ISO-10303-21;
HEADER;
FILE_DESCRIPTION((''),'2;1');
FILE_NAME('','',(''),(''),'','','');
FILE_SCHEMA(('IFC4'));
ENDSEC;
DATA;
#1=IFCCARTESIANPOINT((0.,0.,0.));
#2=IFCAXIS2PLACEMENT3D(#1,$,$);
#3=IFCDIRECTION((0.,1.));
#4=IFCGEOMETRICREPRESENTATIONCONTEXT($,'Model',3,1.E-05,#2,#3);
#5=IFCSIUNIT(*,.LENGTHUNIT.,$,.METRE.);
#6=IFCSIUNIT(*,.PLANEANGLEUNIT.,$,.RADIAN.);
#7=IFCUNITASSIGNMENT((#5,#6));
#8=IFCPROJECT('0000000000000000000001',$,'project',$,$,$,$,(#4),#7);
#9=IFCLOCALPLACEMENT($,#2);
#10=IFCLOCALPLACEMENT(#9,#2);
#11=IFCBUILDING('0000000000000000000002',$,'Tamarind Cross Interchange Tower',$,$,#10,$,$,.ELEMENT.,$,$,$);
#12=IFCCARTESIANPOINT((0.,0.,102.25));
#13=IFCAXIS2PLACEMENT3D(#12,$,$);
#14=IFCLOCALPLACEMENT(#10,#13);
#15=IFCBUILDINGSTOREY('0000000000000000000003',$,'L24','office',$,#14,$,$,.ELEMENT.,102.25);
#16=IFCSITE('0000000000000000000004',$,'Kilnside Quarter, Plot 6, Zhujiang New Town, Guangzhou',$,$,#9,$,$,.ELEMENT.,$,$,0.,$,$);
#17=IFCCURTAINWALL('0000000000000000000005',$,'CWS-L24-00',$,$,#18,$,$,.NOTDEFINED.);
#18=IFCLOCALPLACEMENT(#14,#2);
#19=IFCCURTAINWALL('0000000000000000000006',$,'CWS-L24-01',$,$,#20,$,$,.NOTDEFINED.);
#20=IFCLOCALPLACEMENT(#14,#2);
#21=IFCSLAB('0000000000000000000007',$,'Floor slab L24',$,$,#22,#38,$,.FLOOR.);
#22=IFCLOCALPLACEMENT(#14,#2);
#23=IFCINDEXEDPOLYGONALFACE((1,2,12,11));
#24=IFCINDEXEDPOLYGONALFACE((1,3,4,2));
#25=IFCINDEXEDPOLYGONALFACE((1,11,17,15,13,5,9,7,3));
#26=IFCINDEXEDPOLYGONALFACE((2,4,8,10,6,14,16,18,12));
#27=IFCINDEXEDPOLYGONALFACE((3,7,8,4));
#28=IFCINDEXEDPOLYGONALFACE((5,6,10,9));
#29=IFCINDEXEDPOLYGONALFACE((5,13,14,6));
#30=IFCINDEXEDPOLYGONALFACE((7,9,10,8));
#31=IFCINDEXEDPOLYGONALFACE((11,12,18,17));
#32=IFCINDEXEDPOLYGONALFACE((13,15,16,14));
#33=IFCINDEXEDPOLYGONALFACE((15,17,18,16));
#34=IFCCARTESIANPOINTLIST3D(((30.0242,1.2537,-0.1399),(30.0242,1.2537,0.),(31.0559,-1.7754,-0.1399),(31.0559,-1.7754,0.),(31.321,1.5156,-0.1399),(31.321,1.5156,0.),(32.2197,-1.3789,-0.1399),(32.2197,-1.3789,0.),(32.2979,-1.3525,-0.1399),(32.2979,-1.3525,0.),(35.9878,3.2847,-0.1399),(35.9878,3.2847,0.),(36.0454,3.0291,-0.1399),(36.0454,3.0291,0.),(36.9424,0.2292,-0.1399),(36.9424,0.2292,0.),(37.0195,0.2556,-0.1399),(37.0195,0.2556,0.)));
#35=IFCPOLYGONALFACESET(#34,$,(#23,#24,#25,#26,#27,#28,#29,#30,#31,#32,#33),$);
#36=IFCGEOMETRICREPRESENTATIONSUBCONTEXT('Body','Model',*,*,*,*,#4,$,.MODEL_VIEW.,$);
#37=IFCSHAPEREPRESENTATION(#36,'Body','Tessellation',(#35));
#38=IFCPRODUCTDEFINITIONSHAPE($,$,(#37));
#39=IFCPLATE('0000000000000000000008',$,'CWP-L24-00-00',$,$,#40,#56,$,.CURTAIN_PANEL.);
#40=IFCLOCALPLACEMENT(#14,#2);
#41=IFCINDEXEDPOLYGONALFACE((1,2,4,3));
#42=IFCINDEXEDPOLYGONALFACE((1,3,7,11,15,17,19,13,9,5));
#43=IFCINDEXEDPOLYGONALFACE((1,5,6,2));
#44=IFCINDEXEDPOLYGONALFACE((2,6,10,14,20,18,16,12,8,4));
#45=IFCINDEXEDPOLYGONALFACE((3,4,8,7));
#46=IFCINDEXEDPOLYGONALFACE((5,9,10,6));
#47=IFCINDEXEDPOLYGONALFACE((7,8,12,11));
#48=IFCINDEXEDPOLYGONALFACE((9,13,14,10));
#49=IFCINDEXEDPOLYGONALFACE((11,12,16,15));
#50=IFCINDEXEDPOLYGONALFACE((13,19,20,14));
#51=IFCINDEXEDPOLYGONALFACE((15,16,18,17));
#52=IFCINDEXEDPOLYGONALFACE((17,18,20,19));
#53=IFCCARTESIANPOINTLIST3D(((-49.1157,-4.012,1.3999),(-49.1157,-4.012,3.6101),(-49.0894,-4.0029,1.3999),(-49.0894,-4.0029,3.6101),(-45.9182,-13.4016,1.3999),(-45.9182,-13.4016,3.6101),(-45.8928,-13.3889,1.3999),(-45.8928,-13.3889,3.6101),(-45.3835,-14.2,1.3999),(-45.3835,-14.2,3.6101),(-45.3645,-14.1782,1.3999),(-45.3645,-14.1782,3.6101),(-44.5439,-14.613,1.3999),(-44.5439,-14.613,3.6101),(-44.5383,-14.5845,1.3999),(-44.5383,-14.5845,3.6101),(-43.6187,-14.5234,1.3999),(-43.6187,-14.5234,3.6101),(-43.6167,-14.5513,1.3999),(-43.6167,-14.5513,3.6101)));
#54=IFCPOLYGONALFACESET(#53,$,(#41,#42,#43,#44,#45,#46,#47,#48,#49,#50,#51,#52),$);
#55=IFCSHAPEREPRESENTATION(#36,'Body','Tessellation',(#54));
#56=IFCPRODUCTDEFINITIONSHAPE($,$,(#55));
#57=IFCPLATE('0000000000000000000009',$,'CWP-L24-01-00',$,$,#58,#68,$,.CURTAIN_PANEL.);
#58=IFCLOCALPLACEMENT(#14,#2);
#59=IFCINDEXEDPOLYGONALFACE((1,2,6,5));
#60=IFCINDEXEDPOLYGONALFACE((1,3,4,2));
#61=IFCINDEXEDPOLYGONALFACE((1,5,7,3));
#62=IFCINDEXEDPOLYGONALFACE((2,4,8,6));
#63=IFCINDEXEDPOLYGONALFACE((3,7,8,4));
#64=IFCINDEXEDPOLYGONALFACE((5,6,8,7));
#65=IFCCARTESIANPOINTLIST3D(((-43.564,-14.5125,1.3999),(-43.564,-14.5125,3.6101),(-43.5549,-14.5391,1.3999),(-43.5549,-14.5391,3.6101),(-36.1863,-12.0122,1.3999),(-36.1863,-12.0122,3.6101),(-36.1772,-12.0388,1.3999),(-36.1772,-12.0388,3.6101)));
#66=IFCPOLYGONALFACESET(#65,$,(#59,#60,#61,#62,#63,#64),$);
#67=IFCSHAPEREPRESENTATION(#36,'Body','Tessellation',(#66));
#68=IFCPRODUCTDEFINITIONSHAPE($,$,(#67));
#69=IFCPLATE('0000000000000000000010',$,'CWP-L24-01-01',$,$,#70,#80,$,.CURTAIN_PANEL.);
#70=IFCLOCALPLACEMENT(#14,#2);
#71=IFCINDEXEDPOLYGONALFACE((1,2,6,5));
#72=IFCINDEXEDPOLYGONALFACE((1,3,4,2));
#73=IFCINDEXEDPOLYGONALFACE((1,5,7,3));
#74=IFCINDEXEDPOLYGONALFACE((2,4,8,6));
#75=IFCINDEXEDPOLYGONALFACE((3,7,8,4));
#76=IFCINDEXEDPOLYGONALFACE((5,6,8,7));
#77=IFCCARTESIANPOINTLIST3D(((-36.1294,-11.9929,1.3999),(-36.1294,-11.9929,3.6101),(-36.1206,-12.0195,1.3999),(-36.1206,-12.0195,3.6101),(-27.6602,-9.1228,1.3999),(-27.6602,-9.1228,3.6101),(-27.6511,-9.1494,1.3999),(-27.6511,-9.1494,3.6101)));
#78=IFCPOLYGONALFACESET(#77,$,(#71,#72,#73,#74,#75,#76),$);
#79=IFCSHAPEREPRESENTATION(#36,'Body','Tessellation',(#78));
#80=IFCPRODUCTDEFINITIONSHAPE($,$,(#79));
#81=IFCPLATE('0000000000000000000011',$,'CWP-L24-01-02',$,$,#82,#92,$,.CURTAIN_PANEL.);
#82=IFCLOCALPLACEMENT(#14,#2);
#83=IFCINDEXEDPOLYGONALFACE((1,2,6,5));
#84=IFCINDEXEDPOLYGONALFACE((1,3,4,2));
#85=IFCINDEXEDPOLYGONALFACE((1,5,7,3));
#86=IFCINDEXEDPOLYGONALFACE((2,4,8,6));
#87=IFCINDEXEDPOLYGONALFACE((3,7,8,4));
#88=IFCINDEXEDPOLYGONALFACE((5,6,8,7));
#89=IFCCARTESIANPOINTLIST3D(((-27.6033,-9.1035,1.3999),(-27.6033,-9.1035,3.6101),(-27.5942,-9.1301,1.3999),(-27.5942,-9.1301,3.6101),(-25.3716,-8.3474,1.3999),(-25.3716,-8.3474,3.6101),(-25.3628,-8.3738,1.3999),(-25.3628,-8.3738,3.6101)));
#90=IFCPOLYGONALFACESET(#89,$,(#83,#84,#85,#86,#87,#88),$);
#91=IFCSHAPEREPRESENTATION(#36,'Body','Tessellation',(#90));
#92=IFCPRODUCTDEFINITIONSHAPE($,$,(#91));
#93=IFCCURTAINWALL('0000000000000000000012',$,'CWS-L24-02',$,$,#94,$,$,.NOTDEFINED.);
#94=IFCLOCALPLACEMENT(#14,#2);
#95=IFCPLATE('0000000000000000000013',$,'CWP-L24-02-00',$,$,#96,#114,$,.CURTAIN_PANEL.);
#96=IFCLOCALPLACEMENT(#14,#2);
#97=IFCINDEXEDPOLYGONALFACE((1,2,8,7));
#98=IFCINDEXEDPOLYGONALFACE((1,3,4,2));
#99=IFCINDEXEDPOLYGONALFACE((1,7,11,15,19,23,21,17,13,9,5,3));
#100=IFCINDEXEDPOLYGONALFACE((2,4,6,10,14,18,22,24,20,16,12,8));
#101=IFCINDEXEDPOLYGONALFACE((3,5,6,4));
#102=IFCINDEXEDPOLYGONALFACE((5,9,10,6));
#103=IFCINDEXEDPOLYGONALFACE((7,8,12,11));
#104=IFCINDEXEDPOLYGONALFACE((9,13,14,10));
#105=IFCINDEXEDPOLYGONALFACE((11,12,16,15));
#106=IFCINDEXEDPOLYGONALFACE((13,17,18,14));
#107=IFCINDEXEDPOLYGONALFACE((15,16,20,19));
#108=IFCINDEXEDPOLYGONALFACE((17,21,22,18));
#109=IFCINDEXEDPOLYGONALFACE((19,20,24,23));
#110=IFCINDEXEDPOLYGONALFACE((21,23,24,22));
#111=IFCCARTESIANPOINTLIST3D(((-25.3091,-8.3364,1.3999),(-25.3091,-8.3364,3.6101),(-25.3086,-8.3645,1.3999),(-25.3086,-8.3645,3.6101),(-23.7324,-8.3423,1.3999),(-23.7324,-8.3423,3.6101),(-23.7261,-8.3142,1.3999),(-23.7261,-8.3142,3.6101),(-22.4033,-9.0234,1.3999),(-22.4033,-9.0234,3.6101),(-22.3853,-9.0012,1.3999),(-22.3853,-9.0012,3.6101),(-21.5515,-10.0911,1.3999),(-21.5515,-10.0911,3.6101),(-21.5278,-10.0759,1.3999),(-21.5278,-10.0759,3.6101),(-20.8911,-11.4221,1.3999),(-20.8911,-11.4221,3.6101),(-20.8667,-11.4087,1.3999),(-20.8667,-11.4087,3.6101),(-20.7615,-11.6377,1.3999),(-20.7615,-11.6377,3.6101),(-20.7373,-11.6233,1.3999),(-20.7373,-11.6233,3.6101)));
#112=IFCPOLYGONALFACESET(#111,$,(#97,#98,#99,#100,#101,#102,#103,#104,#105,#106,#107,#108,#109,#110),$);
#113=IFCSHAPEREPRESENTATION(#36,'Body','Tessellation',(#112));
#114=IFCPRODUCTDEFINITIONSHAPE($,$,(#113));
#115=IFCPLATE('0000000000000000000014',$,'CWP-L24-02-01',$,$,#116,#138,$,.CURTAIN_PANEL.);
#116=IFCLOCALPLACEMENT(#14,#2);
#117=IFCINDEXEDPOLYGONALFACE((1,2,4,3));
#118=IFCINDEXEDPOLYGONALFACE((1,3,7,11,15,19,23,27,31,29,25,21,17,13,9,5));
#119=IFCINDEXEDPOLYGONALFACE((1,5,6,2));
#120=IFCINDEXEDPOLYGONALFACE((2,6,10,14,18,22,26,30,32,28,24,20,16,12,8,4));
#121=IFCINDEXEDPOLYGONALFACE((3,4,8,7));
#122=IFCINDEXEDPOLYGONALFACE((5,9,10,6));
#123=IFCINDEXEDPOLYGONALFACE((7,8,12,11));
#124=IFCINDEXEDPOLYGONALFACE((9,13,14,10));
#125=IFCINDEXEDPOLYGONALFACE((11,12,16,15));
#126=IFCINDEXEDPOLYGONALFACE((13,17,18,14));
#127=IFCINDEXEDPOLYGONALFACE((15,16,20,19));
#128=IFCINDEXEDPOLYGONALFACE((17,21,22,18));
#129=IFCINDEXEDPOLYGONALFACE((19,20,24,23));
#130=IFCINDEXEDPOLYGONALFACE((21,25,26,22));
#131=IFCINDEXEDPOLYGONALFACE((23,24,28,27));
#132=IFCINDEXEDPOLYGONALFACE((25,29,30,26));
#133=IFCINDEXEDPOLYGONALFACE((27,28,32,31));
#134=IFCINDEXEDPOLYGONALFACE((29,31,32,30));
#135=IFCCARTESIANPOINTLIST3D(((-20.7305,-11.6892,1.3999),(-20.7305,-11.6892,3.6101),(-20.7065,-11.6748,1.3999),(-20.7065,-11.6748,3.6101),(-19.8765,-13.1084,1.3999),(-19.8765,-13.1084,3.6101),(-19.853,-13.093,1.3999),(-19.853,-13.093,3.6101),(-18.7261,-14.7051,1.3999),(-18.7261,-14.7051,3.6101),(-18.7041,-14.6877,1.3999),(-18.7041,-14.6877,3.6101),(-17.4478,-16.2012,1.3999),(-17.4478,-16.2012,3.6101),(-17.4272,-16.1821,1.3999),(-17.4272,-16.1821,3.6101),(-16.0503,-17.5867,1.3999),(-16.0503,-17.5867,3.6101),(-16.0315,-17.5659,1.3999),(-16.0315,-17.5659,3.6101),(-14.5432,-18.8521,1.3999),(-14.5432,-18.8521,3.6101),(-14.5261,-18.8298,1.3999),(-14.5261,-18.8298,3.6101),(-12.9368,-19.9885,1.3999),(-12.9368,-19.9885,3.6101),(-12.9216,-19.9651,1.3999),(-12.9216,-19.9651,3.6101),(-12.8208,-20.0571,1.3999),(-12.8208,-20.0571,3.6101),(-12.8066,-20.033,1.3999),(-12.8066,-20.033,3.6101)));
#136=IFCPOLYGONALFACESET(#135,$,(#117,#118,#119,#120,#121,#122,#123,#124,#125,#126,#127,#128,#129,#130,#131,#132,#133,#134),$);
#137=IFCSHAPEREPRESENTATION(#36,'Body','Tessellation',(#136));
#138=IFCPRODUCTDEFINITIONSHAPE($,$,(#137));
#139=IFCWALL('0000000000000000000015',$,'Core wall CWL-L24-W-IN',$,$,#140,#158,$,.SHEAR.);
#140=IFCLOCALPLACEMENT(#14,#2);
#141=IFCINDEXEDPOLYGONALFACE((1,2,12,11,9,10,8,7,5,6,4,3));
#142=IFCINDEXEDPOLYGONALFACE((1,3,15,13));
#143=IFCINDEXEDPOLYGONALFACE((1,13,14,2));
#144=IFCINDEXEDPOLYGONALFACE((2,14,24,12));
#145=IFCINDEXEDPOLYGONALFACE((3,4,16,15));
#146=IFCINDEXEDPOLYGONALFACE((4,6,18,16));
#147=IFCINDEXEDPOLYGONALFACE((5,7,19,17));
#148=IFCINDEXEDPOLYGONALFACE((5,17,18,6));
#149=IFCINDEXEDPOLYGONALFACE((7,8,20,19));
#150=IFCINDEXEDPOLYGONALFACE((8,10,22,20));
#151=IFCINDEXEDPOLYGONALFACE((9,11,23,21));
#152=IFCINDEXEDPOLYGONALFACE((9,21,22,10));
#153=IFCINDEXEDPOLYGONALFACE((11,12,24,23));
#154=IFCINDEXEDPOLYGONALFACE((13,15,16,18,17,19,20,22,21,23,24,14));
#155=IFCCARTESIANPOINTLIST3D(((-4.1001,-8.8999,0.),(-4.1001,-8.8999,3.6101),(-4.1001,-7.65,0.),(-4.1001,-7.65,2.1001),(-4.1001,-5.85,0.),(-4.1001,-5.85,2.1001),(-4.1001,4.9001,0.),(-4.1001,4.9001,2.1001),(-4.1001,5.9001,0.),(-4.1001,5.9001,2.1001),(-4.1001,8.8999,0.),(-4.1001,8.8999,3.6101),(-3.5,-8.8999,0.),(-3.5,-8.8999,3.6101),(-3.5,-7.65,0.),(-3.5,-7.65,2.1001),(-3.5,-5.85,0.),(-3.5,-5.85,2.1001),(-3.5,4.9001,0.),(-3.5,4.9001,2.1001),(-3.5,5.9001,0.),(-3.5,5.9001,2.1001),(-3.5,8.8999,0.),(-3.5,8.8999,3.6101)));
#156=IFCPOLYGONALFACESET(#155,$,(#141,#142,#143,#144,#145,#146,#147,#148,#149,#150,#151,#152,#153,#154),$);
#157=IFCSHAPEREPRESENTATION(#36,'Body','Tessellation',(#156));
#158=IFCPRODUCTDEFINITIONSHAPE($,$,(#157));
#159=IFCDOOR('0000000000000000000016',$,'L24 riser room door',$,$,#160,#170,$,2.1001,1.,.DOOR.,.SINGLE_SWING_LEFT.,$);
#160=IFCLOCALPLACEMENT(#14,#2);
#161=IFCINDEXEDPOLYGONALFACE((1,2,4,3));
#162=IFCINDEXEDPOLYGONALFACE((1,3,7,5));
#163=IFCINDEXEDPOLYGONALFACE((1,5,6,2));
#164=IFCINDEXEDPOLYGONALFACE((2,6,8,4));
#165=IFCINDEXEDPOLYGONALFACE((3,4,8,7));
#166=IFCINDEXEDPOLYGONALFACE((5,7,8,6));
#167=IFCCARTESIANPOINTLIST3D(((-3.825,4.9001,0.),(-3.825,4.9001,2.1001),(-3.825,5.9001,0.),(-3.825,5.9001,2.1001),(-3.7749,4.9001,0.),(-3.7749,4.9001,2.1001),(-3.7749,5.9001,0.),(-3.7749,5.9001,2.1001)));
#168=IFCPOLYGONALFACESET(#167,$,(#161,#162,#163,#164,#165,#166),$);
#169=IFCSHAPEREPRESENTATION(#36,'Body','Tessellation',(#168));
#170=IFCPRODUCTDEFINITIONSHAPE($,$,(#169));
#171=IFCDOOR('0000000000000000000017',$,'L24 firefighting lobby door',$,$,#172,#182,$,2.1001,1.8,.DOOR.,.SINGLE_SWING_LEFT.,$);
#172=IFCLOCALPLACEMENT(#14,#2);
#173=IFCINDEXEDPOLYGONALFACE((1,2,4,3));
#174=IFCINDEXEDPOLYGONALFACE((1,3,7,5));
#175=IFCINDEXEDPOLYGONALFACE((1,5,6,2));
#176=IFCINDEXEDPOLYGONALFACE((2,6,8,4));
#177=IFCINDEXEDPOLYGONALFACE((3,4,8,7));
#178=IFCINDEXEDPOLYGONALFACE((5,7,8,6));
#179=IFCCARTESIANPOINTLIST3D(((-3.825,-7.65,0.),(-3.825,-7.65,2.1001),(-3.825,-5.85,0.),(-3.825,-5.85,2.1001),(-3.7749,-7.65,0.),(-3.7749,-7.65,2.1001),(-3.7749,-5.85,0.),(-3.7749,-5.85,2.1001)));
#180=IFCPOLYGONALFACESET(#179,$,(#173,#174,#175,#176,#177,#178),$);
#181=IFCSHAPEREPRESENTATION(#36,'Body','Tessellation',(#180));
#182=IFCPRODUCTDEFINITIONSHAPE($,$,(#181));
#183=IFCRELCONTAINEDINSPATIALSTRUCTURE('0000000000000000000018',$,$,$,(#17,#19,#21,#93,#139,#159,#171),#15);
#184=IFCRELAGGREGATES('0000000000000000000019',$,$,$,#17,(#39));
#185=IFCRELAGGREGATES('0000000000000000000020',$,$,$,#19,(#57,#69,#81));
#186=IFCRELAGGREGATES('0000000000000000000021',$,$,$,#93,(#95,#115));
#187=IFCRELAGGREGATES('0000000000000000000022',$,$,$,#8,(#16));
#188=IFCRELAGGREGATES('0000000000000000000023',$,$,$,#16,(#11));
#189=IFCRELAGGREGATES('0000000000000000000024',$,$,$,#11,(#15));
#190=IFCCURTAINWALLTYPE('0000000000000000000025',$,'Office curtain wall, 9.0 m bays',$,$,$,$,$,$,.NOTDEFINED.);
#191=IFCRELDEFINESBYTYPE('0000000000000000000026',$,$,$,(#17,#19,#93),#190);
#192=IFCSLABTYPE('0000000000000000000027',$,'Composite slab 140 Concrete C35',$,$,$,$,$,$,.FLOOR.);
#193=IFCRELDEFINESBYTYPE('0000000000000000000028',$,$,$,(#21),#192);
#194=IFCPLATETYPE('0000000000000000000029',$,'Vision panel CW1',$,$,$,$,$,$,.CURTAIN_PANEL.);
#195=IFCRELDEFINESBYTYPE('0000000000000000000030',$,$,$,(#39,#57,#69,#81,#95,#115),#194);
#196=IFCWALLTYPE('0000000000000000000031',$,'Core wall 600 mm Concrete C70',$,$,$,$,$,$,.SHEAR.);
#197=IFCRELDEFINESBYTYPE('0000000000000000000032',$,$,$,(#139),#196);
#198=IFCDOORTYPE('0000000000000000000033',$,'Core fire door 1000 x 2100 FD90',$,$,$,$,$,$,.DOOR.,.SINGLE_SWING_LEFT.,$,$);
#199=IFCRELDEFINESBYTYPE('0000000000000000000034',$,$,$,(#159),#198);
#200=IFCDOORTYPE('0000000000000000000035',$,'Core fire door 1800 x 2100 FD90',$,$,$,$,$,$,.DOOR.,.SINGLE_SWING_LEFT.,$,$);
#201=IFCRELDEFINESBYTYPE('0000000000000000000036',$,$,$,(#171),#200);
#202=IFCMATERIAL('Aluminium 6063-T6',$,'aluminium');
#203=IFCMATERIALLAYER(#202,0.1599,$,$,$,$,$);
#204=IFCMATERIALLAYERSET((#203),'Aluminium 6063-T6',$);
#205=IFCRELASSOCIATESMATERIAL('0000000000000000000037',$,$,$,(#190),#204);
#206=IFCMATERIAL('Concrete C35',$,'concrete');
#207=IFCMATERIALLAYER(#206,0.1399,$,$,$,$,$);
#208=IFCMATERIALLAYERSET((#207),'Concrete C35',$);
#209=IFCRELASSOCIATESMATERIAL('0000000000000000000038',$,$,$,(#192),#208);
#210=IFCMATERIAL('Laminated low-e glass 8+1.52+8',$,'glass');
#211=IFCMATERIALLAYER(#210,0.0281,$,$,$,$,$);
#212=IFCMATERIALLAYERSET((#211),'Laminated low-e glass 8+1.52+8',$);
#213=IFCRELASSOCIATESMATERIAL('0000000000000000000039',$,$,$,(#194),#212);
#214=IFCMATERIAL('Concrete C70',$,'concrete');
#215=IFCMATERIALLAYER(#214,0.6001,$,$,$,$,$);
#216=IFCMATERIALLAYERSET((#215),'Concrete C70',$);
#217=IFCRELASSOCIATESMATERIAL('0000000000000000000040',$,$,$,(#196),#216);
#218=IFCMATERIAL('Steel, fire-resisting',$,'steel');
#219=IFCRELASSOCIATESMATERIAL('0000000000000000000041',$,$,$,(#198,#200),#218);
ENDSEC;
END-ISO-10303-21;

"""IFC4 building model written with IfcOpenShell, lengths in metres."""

from ifc_helpers import new_model, si_unit, direction, frame, frame_2d, origin, place, context, subcontext, project, spatial, polyline, rectangle, outline, extrude, material, layer, layer_set, type_object, element, fill, aggregate, save


model = new_model("IFC4")

# Units and contexts
model_context = context("Model", 3, precision=1e-05, world=origin(), true_north=direction((0.0, 1.0)))
body_context = subcontext(model_context, "Body", "Model", "MODEL_VIEW")
ifc_project = project(units=[si_unit("LENGTHUNIT", "METRE"), si_unit("PLANEANGLEUNIT", "RADIAN")], contexts=[model_context])

# Site, building, storey
site_placement = place(None, origin())
site = spatial("IfcSite", under=ifc_project, at=site_placement, Name="Kilnside Quarter, Plot 6, Zhujiang New Town, Guangzhou", CompositionType="ELEMENT", RefElevation=0.0)
building_placement = place(site_placement, origin())
building = spatial("IfcBuilding", under=site, at=building_placement, Name="Tamarind Cross Interchange Tower", CompositionType="ELEMENT")
storey_placement = place(building_placement, frame((0.0, 0.0, 102.25)))
storey = spatial("IfcBuildingStorey", under=building, at=storey_placement, Name="L24", Description="office", CompositionType="ELEMENT", Elevation=102.25)

# Curtain walls
ifc_material_1 = material(Name="Aluminium 6063-T6", Category="aluminium")
ifc_layer_1 = layer(ifc_material_1, 0.1599)
ifc_layer_set_1 = layer_set([ifc_layer_1], Name="Aluminium 6063-T6")
curtain_wall_type = type_object("IfcCurtainWallType", Name="Office curtain wall, 9.0 m bays", PredefinedType="NOTDEFINED", material=ifc_layer_set_1)
curtain_wall_1_placement = place(storey_placement, origin())
curtain_wall_1 = element("IfcCurtainWall", 1, at=curtain_wall_1_placement, inside=storey, type_object=curtain_wall_type, Name="CWS-L24-00", PredefinedType="NOTDEFINED")
curtain_wall_2_placement = place(storey_placement, origin())
curtain_wall_2 = element("IfcCurtainWall", 2, at=curtain_wall_2_placement, inside=storey, type_object=curtain_wall_type, Name="CWS-L24-01", PredefinedType="NOTDEFINED")

# Slab
ifc_material_2 = material(Name="Concrete C35", Category="concrete")
ifc_layer_2 = layer(ifc_material_2, 0.1399)
ifc_layer_set_2 = layer_set([ifc_layer_2], Name="Concrete C35")
slab_type = type_object("IfcSlabType", Name="Composite slab 140 Concrete C35", PredefinedType="FLOOR", material=ifc_layer_set_2)
slab_1_placement = place(storey_placement, frame((0.0, 0.0, -0.1399)))
element("IfcSlab", 3, at=slab_1_placement, inside=storey, type_object=slab_type, Name="Floor slab L24", PredefinedType="FLOOR", context=body_context, shape_type="SweptSolid", body=[
    extrude(outline(polyline([(37.0195, 0.2556), (35.9878, 3.2847), (30.0242, 1.2537), (31.0559, -1.7754), (32.2197, -1.3789), (32.2979, -1.3525), (31.321, 1.5156), (36.0454, 3.0291), (36.9424, 0.2292), (37.0195, 0.2556)])), origin(), (0.0, 0.0, 1.0), 0.1399),
])

# Plates
ifc_material_3 = material(Name="Laminated low-e glass 8+1.52+8", Category="glass")
ifc_layer_3 = layer(ifc_material_3, 0.0281)
ifc_layer_set_3 = layer_set([ifc_layer_3], Name="Laminated low-e glass 8+1.52+8")
plate_type = type_object("IfcPlateType", Name="Vision panel CW1", PredefinedType="CURTAIN_PANEL", material=ifc_layer_set_3)
plate_1_placement = place(storey_placement, frame((0.0, 0.0, 1.3999)))
plate_1 = element("IfcPlate", 4, at=plate_1_placement, type_object=plate_type, Name="CWP-L24-00-00", PredefinedType="CURTAIN_PANEL", context=body_context, shape_type="SweptSolid", body=[
    extrude(outline(polyline([(-49.0894, -4.0029), (-45.8928, -13.3889), (-45.3645, -14.1782), (-44.5383, -14.5845), (-43.6187, -14.5234), (-43.6167, -14.5513), (-44.5439, -14.613), (-45.3835, -14.2), (-45.9182, -13.4016), (-49.1157, -4.012), (-49.0894, -4.0029)])), origin(), (0.0, 0.0, 1.0), 2.2102),
])
aggregate(curtain_wall_1, [plate_1])
plate_2_placement = place(storey_placement, frame((0.0, 0.0, 1.3999)))
plate_2 = element("IfcPlate", 5, at=plate_2_placement, type_object=plate_type, Name="CWP-L24-01-00", PredefinedType="CURTAIN_PANEL", context=body_context, shape_type="SweptSolid", body=[
    extrude(outline(polyline([(-43.564, -14.5125), (-36.1863, -12.0122), (-36.1772, -12.0388), (-43.5549, -14.5391), (-43.564, -14.5125)])), origin(), (0.0, 0.0, 1.0), 2.2102),
])
plate_3_placement = place(storey_placement, frame((0.0, 0.0, 1.3999)))
plate_3 = element("IfcPlate", 6, at=plate_3_placement, type_object=plate_type, Name="CWP-L24-01-01", PredefinedType="CURTAIN_PANEL", context=body_context, shape_type="SweptSolid", body=[
    extrude(outline(polyline([(-36.1294, -11.9929), (-27.6602, -9.1228), (-27.6511, -9.1494), (-36.1206, -12.0195), (-36.1294, -11.9929)])), origin(), (0.0, 0.0, 1.0), 2.2102),
])
plate_4_placement = place(storey_placement, frame((0.0, 0.0, 1.3999)))
plate_4 = element("IfcPlate", 7, at=plate_4_placement, type_object=plate_type, Name="CWP-L24-01-02", PredefinedType="CURTAIN_PANEL", context=body_context, shape_type="SweptSolid", body=[
    extrude(outline(polyline([(-27.6033, -9.1035), (-25.3716, -8.3474), (-25.3628, -8.3738), (-27.5942, -9.1301), (-27.6033, -9.1035)])), origin(), (0.0, 0.0, 1.0), 2.2102),
])
aggregate(curtain_wall_2, [plate_2, plate_3, plate_4])

# Curtain wall, plates
curtain_wall_3_placement = place(storey_placement, origin())
curtain_wall_3 = element("IfcCurtainWall", 8, at=curtain_wall_3_placement, inside=storey, type_object=curtain_wall_type, Name="CWS-L24-02", PredefinedType="NOTDEFINED")
plate_5_placement = place(storey_placement, frame((0.0, 0.0, 1.3999)))
plate_5 = element("IfcPlate", 9, at=plate_5_placement, type_object=plate_type, Name="CWP-L24-02-00", PredefinedType="CURTAIN_PANEL", context=body_context, shape_type="SweptSolid", body=[
    extrude(outline(polyline([(-25.3091, -8.3364), (-23.7261, -8.3142), (-22.3853, -9.0012), (-21.5278, -10.0759), (-20.8667, -11.4087), (-20.7373, -11.6233), (-20.7615, -11.6377), (-20.8911, -11.4221), (-21.5515, -10.0911), (-22.4033, -9.0234), (-23.7324, -8.3423), (-25.3086, -8.3645), (-25.3091, -8.3364)])), origin(), (0.0, 0.0, 1.0), 2.2102),
])
plate_6_placement = place(storey_placement, frame((0.0, 0.0, 1.3999)))
plate_6 = element("IfcPlate", 10, at=plate_6_placement, type_object=plate_type, Name="CWP-L24-02-01", PredefinedType="CURTAIN_PANEL", context=body_context, shape_type="SweptSolid", body=[
    extrude(outline(polyline([(-20.7065, -11.6748), (-19.853, -13.093), (-18.7041, -14.6877), (-17.4272, -16.1821), (-16.0315, -17.5659), (-14.5261, -18.8298), (-12.9216, -19.9651), (-12.8066, -20.033), (-12.8208, -20.0571), (-12.9368, -19.9885), (-14.5432, -18.8521), (-16.0503, -17.5867), (-17.4478, -16.2012), (-18.7261, -14.7051), (-19.8765, -13.1084), (-20.7305, -11.6892), (-20.7065, -11.6748)])), origin(), (0.0, 0.0, 1.0), 2.2102),
])
aggregate(curtain_wall_3, [plate_5, plate_6])

# Wall, openings, doors
ifc_material_4 = material(Name="Concrete C70", Category="concrete")
ifc_layer_4 = layer(ifc_material_4, 0.6001)
ifc_layer_set_4 = layer_set([ifc_layer_4], Name="Concrete C70")
wall_type_1 = type_object("IfcWallType", Name="Core wall 600 mm Concrete C70", PredefinedType="SHEAR", material=ifc_layer_set_4)
wall_1_placement = place(storey_placement, frame((-3.8, -8.8999, 0.0), z_axis=(0.0, 0.0, 1.0), x_axis=(0.0, 1.0, 0.0)))
wall_1 = element("IfcWall", 11, at=wall_1_placement, inside=storey, type_object=wall_type_1, Name="Core wall CWL-L24-W-IN", PredefinedType="SHEAR", context=body_context, shape_type="SweptSolid", body=[
    extrude(rectangle(XDim=17.7998, YDim=0.6001, at=frame_2d((8.8999, 0.0))), origin(), (0.0, 0.0, 1.0), 3.6101),
])
opening_1_placement = place(wall_1_placement, frame((1.25, 0.0, 0.0)))
opening_1 = element("IfcOpeningElement", 12, at=opening_1_placement, cuts=wall_1, PredefinedType="OPENING", context=body_context, shape_type="SweptSolid", body=[
    extrude(rectangle(XDim=1.8, YDim=2.1001, at=frame_2d((0.8999, 1.05))), frame((0.0, 0.3101, 0.0), z_axis=(0.0, -1.0, 0.0), x_axis=(1.0, 0.0, 0.0)), (0.0, 0.0, 1.0), 0.6201),
])
opening_2_placement = place(wall_1_placement, frame((13.8, 0.0, 0.0)))
opening_2 = element("IfcOpeningElement", 13, at=opening_2_placement, cuts=wall_1, PredefinedType="OPENING", context=body_context, shape_type="SweptSolid", body=[
    extrude(rectangle(XDim=1.0, YDim=2.1001, at=frame_2d((0.5, 1.05))), frame((0.0, 0.3101, 0.0), z_axis=(0.0, -1.0, 0.0), x_axis=(1.0, 0.0, 0.0)), (0.0, 0.0, 1.0), 0.6201),
])
ifc_material_5 = material(Name="Steel, fire-resisting", Category="steel")
door_type_1 = type_object("IfcDoorType", Name="Core fire door 1000 x 2100 FD90", OperationType="SINGLE_SWING_LEFT", PredefinedType="DOOR", material=ifc_material_5)
door_1_placement = place(opening_2_placement, origin())
door_1 = element("IfcDoor", 14, at=door_1_placement, inside=storey, type_object=door_type_1, Name="L24 riser room door", OperationType="SINGLE_SWING_LEFT", OverallHeight=2.1001, OverallWidth=1.0, PredefinedType="DOOR", context=body_context, shape_type="SweptSolid", body=[
    extrude(rectangle(XDim=1.0, YDim=2.1001, at=frame_2d((0.5, 1.05))), frame((0.0, 0.0249, 0.0), z_axis=(0.0, -1.0, 0.0), x_axis=(1.0, 0.0, 0.0)), (0.0, 0.0, 1.0), 0.05),
])
fill(opening_2, door_1)
door_type_2 = type_object("IfcDoorType", Name="Core fire door 1800 x 2100 FD90", OperationType="SINGLE_SWING_LEFT", PredefinedType="DOOR", material=ifc_material_5)
door_2_placement = place(opening_1_placement, origin())
door_2 = element("IfcDoor", 15, at=door_2_placement, inside=storey, type_object=door_type_2, Name="L24 firefighting lobby door", OperationType="SINGLE_SWING_LEFT", OverallHeight=2.1001, OverallWidth=1.8, PredefinedType="DOOR", context=body_context, shape_type="SweptSolid", body=[
    extrude(rectangle(XDim=1.8, YDim=2.1001, at=frame_2d((0.8999, 1.05))), frame((0.0, 0.0249, 0.0), z_axis=(0.0, -1.0, 0.0), x_axis=(1.0, 0.0, 0.0)), (0.0, 0.0, 1.0), 0.05),
])
fill(opening_1, door_2)

save(model, "model.ifc")
